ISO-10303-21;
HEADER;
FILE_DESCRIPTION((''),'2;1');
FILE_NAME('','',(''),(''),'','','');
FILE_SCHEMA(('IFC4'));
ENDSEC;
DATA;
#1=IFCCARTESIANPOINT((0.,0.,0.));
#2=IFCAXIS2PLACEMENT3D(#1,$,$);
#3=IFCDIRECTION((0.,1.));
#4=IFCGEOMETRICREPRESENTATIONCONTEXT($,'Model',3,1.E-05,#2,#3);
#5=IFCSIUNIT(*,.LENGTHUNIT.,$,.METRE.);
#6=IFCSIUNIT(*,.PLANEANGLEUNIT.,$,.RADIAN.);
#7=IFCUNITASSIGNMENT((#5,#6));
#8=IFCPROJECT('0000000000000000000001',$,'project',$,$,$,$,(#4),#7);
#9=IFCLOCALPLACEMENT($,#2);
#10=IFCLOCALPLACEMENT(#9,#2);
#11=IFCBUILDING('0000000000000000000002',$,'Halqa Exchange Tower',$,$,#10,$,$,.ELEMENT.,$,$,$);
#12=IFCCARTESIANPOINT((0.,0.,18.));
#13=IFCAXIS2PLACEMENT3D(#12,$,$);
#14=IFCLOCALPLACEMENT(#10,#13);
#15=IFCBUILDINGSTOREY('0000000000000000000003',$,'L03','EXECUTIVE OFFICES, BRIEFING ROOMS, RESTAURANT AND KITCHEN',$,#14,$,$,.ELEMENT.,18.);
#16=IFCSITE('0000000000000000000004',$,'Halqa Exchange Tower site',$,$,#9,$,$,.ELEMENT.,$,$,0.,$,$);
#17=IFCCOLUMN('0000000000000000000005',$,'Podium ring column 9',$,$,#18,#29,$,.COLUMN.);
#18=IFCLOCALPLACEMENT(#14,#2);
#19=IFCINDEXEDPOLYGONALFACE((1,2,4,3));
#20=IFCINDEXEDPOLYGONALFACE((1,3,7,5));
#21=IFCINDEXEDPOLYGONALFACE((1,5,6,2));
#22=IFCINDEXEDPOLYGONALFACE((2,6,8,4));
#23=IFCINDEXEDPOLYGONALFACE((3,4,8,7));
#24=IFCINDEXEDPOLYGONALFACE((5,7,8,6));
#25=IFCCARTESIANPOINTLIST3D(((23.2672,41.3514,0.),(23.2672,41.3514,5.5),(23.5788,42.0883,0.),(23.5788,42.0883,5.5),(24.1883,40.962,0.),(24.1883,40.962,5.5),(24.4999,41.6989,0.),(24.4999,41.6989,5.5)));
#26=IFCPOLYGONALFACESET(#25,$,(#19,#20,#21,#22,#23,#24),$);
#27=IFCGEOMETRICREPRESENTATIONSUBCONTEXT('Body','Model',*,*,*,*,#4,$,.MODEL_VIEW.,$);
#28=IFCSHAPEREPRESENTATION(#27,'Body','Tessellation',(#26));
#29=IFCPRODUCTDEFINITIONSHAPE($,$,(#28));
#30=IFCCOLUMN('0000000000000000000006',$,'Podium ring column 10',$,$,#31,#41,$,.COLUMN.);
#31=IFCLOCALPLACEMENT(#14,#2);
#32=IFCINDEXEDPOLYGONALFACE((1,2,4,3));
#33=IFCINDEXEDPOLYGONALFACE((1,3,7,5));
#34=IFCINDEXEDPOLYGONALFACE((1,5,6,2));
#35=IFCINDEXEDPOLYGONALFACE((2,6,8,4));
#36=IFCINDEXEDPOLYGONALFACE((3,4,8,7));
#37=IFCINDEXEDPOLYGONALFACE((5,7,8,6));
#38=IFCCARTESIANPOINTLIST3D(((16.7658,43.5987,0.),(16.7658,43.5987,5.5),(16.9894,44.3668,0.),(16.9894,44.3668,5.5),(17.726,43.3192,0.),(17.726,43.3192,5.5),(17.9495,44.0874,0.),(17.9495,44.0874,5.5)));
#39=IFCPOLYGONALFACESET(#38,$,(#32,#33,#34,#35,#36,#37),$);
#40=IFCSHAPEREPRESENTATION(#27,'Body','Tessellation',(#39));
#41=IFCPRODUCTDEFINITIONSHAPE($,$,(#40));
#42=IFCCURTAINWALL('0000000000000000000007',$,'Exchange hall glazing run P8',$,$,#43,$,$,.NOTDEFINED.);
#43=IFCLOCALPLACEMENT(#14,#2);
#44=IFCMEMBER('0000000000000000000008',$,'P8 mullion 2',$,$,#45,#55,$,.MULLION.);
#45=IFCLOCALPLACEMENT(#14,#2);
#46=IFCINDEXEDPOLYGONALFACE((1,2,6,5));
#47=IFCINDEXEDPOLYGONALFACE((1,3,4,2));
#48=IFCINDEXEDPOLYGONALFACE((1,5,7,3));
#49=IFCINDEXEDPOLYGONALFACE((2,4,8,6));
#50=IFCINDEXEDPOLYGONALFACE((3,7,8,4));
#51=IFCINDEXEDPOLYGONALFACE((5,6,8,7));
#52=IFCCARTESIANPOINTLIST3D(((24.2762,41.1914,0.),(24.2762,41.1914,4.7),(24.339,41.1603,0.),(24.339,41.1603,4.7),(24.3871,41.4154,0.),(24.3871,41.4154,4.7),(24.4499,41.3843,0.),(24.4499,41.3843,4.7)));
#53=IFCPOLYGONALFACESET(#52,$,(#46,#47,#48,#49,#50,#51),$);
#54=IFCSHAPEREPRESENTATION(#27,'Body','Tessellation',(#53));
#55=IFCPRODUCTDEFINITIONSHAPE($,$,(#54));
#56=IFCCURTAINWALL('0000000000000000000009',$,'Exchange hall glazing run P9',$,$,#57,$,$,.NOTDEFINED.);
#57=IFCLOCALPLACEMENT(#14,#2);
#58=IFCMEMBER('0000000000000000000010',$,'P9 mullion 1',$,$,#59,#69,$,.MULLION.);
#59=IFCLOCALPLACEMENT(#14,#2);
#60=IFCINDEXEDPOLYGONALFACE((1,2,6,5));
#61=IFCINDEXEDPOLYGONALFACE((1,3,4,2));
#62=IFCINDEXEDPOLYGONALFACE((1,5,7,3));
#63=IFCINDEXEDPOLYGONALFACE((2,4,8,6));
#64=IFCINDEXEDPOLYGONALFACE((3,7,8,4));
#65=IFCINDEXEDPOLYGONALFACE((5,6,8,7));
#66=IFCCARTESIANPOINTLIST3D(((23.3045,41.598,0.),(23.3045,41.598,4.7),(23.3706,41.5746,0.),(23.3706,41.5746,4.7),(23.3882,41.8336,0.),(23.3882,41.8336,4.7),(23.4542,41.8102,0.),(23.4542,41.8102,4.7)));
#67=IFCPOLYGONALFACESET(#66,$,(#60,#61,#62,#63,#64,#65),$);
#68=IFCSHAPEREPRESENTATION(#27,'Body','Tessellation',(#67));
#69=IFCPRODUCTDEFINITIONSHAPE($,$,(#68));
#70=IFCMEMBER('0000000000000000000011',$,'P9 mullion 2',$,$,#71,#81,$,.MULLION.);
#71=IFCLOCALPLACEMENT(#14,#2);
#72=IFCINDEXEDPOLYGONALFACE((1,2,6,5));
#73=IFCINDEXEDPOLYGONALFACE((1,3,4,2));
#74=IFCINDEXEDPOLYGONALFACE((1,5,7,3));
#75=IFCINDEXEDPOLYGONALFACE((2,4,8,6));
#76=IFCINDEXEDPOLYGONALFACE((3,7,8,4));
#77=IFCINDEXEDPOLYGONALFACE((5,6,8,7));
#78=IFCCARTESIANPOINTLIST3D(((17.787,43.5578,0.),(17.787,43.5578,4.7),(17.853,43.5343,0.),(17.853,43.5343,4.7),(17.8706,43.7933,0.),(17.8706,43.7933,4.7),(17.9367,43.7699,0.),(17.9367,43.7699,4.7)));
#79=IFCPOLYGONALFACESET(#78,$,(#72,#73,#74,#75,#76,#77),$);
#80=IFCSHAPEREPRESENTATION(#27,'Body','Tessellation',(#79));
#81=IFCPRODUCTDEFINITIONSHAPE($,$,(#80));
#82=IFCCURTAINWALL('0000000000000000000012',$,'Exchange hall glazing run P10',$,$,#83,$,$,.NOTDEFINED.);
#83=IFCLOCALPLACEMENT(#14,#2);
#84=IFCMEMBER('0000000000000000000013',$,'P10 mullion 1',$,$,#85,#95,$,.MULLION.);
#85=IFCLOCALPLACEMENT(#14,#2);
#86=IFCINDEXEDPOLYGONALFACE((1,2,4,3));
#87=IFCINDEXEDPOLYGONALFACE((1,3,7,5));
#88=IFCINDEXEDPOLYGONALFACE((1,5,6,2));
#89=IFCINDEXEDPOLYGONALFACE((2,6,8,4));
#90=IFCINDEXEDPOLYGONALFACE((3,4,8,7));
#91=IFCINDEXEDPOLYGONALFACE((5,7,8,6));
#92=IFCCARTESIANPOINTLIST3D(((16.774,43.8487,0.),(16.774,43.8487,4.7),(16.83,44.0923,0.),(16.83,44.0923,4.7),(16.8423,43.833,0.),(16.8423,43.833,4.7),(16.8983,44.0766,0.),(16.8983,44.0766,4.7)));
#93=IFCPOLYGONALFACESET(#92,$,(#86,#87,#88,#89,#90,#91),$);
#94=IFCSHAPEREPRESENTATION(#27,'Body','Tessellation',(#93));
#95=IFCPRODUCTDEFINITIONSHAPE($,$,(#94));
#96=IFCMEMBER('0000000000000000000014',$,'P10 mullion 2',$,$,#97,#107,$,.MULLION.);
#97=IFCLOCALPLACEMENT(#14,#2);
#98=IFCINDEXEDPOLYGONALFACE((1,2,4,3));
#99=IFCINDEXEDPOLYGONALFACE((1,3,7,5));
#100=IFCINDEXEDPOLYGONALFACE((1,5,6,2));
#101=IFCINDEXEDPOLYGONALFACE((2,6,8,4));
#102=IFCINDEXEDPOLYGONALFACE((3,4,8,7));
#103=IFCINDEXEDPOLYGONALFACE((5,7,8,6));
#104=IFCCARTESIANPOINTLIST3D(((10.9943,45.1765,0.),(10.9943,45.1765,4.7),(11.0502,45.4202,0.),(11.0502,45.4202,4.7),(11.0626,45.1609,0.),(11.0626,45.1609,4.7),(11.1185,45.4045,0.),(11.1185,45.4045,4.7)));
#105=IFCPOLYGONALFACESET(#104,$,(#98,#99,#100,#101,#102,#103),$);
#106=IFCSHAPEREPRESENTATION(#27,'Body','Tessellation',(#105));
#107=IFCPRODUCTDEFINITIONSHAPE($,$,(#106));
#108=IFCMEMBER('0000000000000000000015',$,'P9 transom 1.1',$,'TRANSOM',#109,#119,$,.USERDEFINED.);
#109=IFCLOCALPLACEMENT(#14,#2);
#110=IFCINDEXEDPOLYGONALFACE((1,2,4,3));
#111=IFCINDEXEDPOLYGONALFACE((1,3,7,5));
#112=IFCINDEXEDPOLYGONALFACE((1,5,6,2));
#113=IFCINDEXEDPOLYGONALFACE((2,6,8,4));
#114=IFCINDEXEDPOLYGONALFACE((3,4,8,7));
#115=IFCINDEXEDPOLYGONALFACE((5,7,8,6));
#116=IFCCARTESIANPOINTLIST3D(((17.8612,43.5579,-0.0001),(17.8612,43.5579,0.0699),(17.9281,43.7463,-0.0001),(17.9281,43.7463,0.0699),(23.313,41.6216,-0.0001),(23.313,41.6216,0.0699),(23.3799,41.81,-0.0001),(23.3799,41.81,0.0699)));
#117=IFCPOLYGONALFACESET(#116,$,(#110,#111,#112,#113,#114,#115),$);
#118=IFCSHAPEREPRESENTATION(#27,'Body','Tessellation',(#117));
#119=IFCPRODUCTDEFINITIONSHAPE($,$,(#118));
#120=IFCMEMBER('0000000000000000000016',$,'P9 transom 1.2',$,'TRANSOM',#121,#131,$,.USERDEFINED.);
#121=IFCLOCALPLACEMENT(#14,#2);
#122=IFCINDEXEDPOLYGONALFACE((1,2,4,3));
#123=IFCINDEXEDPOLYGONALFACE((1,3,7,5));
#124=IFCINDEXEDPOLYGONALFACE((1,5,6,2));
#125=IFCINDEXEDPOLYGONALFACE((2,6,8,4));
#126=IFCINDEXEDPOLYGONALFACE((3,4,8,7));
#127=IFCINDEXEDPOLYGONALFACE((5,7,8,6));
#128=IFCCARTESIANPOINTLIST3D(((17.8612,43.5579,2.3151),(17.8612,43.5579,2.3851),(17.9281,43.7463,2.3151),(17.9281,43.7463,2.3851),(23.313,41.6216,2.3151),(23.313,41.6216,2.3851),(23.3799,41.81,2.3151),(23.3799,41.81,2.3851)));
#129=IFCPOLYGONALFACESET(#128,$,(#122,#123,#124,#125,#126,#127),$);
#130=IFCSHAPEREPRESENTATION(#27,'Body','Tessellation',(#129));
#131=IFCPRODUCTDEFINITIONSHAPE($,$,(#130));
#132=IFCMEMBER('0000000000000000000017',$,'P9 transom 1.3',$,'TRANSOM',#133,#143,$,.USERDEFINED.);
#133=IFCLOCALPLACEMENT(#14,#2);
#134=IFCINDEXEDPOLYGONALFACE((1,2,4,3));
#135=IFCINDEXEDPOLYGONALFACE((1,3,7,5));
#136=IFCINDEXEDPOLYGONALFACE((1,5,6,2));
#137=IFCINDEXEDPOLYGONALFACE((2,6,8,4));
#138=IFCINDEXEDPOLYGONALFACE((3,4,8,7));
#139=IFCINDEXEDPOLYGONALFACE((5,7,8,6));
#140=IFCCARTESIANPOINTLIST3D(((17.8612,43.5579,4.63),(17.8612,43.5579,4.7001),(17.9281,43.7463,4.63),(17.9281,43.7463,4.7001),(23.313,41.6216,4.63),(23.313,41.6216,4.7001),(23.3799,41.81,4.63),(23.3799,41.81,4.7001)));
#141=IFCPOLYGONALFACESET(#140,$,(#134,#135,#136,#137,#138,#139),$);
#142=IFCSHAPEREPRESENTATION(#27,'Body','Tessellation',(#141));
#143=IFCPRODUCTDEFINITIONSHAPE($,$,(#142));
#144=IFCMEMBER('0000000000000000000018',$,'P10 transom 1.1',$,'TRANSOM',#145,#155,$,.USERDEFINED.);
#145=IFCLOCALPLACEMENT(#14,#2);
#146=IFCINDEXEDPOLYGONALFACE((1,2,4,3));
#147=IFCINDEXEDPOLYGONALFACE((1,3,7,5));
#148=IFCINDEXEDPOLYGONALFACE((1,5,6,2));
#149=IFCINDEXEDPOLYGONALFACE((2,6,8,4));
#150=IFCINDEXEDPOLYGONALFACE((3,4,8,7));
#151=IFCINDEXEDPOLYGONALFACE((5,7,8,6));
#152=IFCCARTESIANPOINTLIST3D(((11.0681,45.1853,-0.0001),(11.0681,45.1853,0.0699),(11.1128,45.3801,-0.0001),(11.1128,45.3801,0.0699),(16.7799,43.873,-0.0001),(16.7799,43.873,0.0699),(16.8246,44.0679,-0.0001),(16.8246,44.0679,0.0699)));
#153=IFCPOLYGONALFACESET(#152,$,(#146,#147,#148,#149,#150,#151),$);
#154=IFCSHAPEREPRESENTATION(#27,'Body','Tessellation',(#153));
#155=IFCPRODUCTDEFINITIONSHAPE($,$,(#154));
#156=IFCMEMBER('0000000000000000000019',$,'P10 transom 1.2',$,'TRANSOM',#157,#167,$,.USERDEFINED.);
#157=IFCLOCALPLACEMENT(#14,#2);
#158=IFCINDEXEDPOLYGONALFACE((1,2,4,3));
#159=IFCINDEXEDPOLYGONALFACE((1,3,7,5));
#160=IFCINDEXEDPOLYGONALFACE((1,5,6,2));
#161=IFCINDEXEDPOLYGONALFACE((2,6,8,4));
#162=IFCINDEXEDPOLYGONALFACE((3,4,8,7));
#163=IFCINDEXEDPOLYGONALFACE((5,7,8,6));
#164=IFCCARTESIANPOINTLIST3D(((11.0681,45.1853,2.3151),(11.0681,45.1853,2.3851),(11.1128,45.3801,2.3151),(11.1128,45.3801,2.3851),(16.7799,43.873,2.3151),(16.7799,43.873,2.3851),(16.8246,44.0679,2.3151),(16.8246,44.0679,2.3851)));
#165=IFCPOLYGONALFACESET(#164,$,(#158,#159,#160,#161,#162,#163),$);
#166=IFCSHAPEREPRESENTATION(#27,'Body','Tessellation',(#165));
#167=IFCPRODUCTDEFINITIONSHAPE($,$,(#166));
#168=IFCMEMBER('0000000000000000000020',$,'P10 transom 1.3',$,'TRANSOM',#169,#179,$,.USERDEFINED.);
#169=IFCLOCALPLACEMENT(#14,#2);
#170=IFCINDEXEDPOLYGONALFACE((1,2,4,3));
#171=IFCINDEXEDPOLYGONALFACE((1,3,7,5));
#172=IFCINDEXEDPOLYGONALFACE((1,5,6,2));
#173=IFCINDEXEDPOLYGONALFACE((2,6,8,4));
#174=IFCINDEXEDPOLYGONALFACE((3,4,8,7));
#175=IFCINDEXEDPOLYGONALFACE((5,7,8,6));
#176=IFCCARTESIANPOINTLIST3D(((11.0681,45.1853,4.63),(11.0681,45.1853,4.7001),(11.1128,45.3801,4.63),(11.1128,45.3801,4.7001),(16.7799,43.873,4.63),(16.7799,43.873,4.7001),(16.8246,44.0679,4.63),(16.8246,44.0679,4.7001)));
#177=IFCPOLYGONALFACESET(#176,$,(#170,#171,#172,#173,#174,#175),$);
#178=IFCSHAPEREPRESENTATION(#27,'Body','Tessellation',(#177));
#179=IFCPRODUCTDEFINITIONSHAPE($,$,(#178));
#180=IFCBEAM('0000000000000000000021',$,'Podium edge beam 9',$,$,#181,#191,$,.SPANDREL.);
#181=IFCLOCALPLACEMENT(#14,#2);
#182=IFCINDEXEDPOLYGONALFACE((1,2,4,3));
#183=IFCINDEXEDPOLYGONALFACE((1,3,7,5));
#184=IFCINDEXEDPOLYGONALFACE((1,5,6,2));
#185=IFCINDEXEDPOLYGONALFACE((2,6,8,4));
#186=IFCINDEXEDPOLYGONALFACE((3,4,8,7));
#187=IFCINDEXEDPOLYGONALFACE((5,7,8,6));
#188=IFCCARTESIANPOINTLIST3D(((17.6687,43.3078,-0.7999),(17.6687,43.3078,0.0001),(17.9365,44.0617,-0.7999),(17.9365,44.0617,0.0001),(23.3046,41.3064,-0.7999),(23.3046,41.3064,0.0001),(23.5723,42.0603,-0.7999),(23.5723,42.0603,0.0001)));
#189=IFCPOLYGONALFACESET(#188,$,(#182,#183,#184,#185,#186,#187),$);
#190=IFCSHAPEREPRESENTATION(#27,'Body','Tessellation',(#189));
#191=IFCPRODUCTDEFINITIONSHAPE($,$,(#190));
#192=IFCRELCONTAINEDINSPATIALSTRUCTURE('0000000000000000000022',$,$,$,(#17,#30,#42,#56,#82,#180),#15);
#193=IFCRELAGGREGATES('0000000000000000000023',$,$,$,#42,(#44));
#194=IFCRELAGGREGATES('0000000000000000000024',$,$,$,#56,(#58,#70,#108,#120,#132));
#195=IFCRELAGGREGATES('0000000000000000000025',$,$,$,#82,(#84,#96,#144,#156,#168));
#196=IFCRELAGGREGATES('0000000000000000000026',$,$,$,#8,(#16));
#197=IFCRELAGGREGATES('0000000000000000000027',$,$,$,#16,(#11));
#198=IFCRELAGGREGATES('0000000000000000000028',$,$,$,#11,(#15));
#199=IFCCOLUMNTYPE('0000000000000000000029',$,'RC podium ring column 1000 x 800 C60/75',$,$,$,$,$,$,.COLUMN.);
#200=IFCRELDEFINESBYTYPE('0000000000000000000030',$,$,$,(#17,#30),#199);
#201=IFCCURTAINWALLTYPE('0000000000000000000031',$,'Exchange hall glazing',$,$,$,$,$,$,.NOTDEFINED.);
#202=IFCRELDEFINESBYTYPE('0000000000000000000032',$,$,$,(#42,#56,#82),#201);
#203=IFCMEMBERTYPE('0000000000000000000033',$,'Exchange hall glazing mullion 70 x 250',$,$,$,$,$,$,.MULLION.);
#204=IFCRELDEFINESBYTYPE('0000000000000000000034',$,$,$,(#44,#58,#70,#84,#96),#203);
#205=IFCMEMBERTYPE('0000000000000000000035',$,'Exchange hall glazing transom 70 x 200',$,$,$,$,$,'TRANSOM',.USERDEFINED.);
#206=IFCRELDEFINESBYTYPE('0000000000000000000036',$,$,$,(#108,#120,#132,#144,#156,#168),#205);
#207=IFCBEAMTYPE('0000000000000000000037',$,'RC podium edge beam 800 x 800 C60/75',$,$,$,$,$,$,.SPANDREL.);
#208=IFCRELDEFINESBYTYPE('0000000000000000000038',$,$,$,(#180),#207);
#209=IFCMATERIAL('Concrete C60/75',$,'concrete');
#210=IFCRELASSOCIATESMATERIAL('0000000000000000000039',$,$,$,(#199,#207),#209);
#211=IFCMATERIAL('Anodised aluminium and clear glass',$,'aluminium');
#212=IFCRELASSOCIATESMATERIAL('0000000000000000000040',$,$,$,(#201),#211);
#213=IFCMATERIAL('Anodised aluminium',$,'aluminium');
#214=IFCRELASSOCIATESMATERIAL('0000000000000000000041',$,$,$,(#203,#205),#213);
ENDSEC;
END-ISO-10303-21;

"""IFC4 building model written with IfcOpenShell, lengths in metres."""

from ifc_helpers import new_model, si_unit, direction, frame, origin, origin_2d, place, context, subcontext, project, spatial, rectangle, extrude, material, material_profile, profile_set, type_object, element, aggregate, save


model = new_model("IFC4")

# Units and contexts
model_context = context("Model", 3, precision=1e-05, world=origin(), true_north=direction((0.0, 1.0)))
body_context = subcontext(model_context, "Body", "Model", "MODEL_VIEW")
ifc_project = project(units=[si_unit("LENGTHUNIT", "METRE"), si_unit("PLANEANGLEUNIT", "RADIAN")], contexts=[model_context])

# Site, building, storey
site_placement = place(None, origin())
site = spatial("IfcSite", under=ifc_project, at=site_placement, Name="Halqa Exchange Tower site", CompositionType="ELEMENT", RefElevation=0.0)
building_placement = place(site_placement, origin())
building = spatial("IfcBuilding", under=site, at=building_placement, Name="Halqa Exchange Tower", CompositionType="ELEMENT")
storey_placement = place(building_placement, frame((0.0, 0.0, 18.0)))
storey = spatial("IfcBuildingStorey", under=building, at=storey_placement, Name="L03", Description="EXECUTIVE OFFICES, BRIEFING ROOMS, RESTAURANT AND KITCHEN", CompositionType="ELEMENT", Elevation=18.0)

# Columns
ifc_material_1 = material(Name="Concrete C60/75", Category="concrete")
ifc_material_profile_1 = material_profile(ifc_material_1, rectangle(XDim=1.0, YDim=0.8, at=origin_2d()), Name="1000 x 800")
ifc_profile_set_1 = profile_set([ifc_material_profile_1], Name="Concrete C60/75")
column_type = type_object("IfcColumnType", Name="RC podium ring column 1000 x 800 C60/75", PredefinedType="COLUMN", material=ifc_profile_set_1)
for number, where, z_axis, x_axis, name in (
    (1, (23.8835, 41.5251, 0.0), (0.0, 0.0, 1.0), (-0.921048, 0.389449, 0.0), "Podium ring column 9"),
    (2, (17.3577, 43.843, 0.0), (0.0, 0.0, 1.0), (-0.960158, 0.279459, 0.0), "Podium ring column 10"),
):
    element("IfcColumn", number, at=place(storey_placement, frame(where, z_axis=z_axis, x_axis=x_axis)), inside=storey, type_object=column_type, Name=name, PredefinedType="COLUMN", context=body_context, shape_type="SweptSolid", body=[
        extrude(rectangle(XDim=1.0, YDim=0.8, at=origin_2d()), origin(), (0.0, 0.0, 1.0), 5.5),
    ])

# Curtain wall, member
ifc_material_2 = material(Name="Anodised aluminium and clear glass", Category="aluminium")
curtain_wall_type = type_object("IfcCurtainWallType", Name="Exchange hall glazing", PredefinedType="NOTDEFINED", material=ifc_material_2)
curtain_wall_1_placement = place(storey_placement, origin())
curtain_wall_1 = element("IfcCurtainWall", 3, at=curtain_wall_1_placement, inside=storey, type_object=curtain_wall_type, Name="Exchange hall glazing run P8", PredefinedType="NOTDEFINED")
ifc_material_3 = material(Name="Anodised aluminium", Category="aluminium")
ifc_material_profile_2 = material_profile(ifc_material_3, rectangle(XDim=0.25, YDim=0.0701, at=origin_2d()), Name="AL 70x250")
ifc_profile_set_2 = profile_set([ifc_material_profile_2], Name="Anodised aluminium")
member_type_1 = type_object("IfcMemberType", Name="Exchange hall glazing mullion 70 x 250", PredefinedType="MULLION", material=ifc_profile_set_2)
member_1_placement = place(storey_placement, frame((24.363, 41.2878, 0.0), z_axis=(0.0, 0.0, 1.0), x_axis=(-0.443653, -0.896198, 0.0)))
member_1 = element("IfcMember", 4, at=member_1_placement, type_object=member_type_1, Name="P8 mullion 2", PredefinedType="MULLION", context=body_context, shape_type="SweptSolid", body=[
    extrude(rectangle(XDim=0.25, YDim=0.0701, at=origin_2d()), origin(), (0.0, 0.0, 1.0), 4.7),
])

# Curtain walls, members
curtain_wall_2_placement = place(storey_placement, origin())
curtain_wall_2 = element("IfcCurtainWall", 5, at=curtain_wall_2_placement, inside=storey, type_object=curtain_wall_type, Name="Exchange hall glazing run P9", PredefinedType="NOTDEFINED")
member_2_placement = place(storey_placement, frame((23.3794, 41.7041, 0.0), z_axis=(0.0, 0.0, 1.0), x_axis=(-0.334688, -0.942329, 0.0)))
member_2 = element("IfcMember", 6, at=member_2_placement, type_object=member_type_1, Name="P9 mullion 1", PredefinedType="MULLION", context=body_context, shape_type="SweptSolid", body=[
    extrude(rectangle(XDim=0.25, YDim=0.0701, at=origin_2d()), origin(), (0.0, 0.0, 1.0), 4.7),
])
member_3_placement = place(storey_placement, frame((17.8618, 43.6638, 0.0), z_axis=(0.0, 0.0, 1.0), x_axis=(-0.334688, -0.942329, 0.0)))
member_3 = element("IfcMember", 7, at=member_3_placement, type_object=member_type_1, Name="P9 mullion 2", PredefinedType="MULLION", context=body_context, shape_type="SweptSolid", body=[
    extrude(rectangle(XDim=0.25, YDim=0.0701, at=origin_2d()), origin(), (0.0, 0.0, 1.0), 4.7),
])
curtain_wall_3_placement = place(storey_placement, origin())
curtain_wall_3 = element("IfcCurtainWall", 8, at=curtain_wall_3_placement, inside=storey, type_object=curtain_wall_type, Name="Exchange hall glazing run P10", PredefinedType="NOTDEFINED")
member_4_placement = place(storey_placement, frame((16.8362, 43.9626, 0.0), z_axis=(0.0, 0.0, 1.0), x_axis=(-0.223897, -0.974613, 0.0)))
member_4 = element("IfcMember", 9, at=member_4_placement, type_object=member_type_1, Name="P10 mullion 1", PredefinedType="MULLION", context=body_context, shape_type="SweptSolid", body=[
    extrude(rectangle(XDim=0.25, YDim=0.0701, at=origin_2d()), origin(), (0.0, 0.0, 1.0), 4.7),
])
member_5_placement = place(storey_placement, frame((11.0564, 45.2905, 0.0), z_axis=(0.0, 0.0, 1.0), x_axis=(-0.223897, -0.974613, 0.0)))
member_5 = element("IfcMember", 10, at=member_5_placement, type_object=member_type_1, Name="P10 mullion 2", PredefinedType="MULLION", context=body_context, shape_type="SweptSolid", body=[
    extrude(rectangle(XDim=0.25, YDim=0.0701, at=origin_2d()), origin(), (0.0, 0.0, 1.0), 4.7),
])

# Members
ifc_material_profile_3 = material_profile(ifc_material_3, rectangle(XDim=0.2, YDim=0.0701, at=origin_2d()), Name="AL 70x200")
ifc_profile_set_3 = profile_set([ifc_material_profile_3], Name="Anodised aluminium")
member_type_2 = type_object("IfcMemberType", Name="Exchange hall glazing transom 70 x 200", ElementType="TRANSOM", PredefinedType="USERDEFINED", material=ifc_profile_set_3)
member_6_placement = place(storey_placement, frame((23.3464, 41.7158, 0.0349), z_axis=(-0.942329, 0.334689, 0.0), x_axis=(-0.334689, -0.942329, 0.0)))
member_6 = element("IfcMember", 11, at=member_6_placement, type_object=member_type_2, Name="P9 transom 1.1", ObjectType="TRANSOM", PredefinedType="USERDEFINED", context=body_context, shape_type="SweptSolid", body=[
    extrude(rectangle(XDim=0.2, YDim=0.0701, at=origin_2d()), origin(), (0.0, 0.0, 1.0), 5.7854),
])
member_7_placement = place(storey_placement, frame((23.3464, 41.7158, 2.3501), z_axis=(-0.942329, 0.334689, 0.0), x_axis=(-0.334689, -0.942329, 0.0)))
member_7 = element("IfcMember", 12, at=member_7_placement, type_object=member_type_2, Name="P9 transom 1.2", ObjectType="TRANSOM", PredefinedType="USERDEFINED", context=body_context, shape_type="SweptSolid", body=[
    extrude(rectangle(XDim=0.2, YDim=0.0701, at=origin_2d()), origin(), (0.0, 0.0, 1.0), 5.7854),
])
member_8_placement = place(storey_placement, frame((23.3464, 41.7158, 4.665), z_axis=(-0.942329, 0.334689, 0.0), x_axis=(-0.334689, -0.942329, 0.0)))
member_8 = element("IfcMember", 13, at=member_8_placement, type_object=member_type_2, Name="P9 transom 1.3", ObjectType="TRANSOM", PredefinedType="USERDEFINED", context=body_context, shape_type="SweptSolid", body=[
    extrude(rectangle(XDim=0.2, YDim=0.0701, at=origin_2d()), origin(), (0.0, 0.0, 1.0), 5.7854),
])
member_9_placement = place(storey_placement, frame((16.8022, 43.9705, 0.0349), z_axis=(-0.97461, 0.223907, 0.0), x_axis=(-0.223907, -0.97461, 0.0)))
member_9 = element("IfcMember", 14, at=member_9_placement, type_object=member_type_2, Name="P10 transom 1.1", ObjectType="TRANSOM", PredefinedType="USERDEFINED", context=body_context, shape_type="SweptSolid", body=[
    extrude(rectangle(XDim=0.2, YDim=0.0701, at=origin_2d()), origin(), (0.0, 0.0, 1.0), 5.8606),
])
member_10_placement = place(storey_placement, frame((16.8022, 43.9705, 2.3501), z_axis=(-0.97461, 0.223907, 0.0), x_axis=(-0.223907, -0.97461, 0.0)))
member_10 = element("IfcMember", 15, at=member_10_placement, type_object=member_type_2, Name="P10 transom 1.2", ObjectType="TRANSOM", PredefinedType="USERDEFINED", context=body_context, shape_type="SweptSolid", body=[
    extrude(rectangle(XDim=0.2, YDim=0.0701, at=origin_2d()), origin(), (0.0, 0.0, 1.0), 5.8606),
])
member_11_placement = place(storey_placement, frame((16.8022, 43.9705, 4.665), z_axis=(-0.97461, 0.223907, 0.0), x_axis=(-0.223907, -0.97461, 0.0)))
member_11 = element("IfcMember", 16, at=member_11_placement, type_object=member_type_2, Name="P10 transom 1.3", ObjectType="TRANSOM", PredefinedType="USERDEFINED", context=body_context, shape_type="SweptSolid", body=[
    extrude(rectangle(XDim=0.2, YDim=0.0701, at=origin_2d()), origin(), (0.0, 0.0, 1.0), 5.8606),
])

# Beam
ifc_material_profile_4 = material_profile(ifc_material_1, rectangle(XDim=0.8, YDim=0.8, at=origin_2d()), Name="800 x 800")
ifc_profile_set_4 = profile_set([ifc_material_profile_4], Name="Concrete C60/75")
beam_type = type_object("IfcBeamType", Name="RC podium edge beam 800 x 800 C60/75", PredefinedType="SPANDREL", material=ifc_profile_set_4)
beam_1_placement = place(storey_placement, frame((23.4385, 41.6833, -0.3999), z_axis=(-0.942343, 0.334647, 0.0), x_axis=(-0.334647, -0.942343, 0.0)))
element("IfcBeam", 17, at=beam_1_placement, inside=storey, type_object=beam_type, Name="Podium edge beam 9", PredefinedType="SPANDREL", context=body_context, shape_type="SweptSolid", body=[
    extrude(rectangle(XDim=0.8, YDim=0.8, at=origin_2d()), origin(), (0.0, 0.0, 1.0), 5.9807),
])

aggregate(curtain_wall_1, [member_1])
aggregate(curtain_wall_2, [member_2, member_3, member_6, member_7, member_8])
aggregate(curtain_wall_3, [member_4, member_5, member_9, member_10, member_11])

save(model, "model.ifc")
